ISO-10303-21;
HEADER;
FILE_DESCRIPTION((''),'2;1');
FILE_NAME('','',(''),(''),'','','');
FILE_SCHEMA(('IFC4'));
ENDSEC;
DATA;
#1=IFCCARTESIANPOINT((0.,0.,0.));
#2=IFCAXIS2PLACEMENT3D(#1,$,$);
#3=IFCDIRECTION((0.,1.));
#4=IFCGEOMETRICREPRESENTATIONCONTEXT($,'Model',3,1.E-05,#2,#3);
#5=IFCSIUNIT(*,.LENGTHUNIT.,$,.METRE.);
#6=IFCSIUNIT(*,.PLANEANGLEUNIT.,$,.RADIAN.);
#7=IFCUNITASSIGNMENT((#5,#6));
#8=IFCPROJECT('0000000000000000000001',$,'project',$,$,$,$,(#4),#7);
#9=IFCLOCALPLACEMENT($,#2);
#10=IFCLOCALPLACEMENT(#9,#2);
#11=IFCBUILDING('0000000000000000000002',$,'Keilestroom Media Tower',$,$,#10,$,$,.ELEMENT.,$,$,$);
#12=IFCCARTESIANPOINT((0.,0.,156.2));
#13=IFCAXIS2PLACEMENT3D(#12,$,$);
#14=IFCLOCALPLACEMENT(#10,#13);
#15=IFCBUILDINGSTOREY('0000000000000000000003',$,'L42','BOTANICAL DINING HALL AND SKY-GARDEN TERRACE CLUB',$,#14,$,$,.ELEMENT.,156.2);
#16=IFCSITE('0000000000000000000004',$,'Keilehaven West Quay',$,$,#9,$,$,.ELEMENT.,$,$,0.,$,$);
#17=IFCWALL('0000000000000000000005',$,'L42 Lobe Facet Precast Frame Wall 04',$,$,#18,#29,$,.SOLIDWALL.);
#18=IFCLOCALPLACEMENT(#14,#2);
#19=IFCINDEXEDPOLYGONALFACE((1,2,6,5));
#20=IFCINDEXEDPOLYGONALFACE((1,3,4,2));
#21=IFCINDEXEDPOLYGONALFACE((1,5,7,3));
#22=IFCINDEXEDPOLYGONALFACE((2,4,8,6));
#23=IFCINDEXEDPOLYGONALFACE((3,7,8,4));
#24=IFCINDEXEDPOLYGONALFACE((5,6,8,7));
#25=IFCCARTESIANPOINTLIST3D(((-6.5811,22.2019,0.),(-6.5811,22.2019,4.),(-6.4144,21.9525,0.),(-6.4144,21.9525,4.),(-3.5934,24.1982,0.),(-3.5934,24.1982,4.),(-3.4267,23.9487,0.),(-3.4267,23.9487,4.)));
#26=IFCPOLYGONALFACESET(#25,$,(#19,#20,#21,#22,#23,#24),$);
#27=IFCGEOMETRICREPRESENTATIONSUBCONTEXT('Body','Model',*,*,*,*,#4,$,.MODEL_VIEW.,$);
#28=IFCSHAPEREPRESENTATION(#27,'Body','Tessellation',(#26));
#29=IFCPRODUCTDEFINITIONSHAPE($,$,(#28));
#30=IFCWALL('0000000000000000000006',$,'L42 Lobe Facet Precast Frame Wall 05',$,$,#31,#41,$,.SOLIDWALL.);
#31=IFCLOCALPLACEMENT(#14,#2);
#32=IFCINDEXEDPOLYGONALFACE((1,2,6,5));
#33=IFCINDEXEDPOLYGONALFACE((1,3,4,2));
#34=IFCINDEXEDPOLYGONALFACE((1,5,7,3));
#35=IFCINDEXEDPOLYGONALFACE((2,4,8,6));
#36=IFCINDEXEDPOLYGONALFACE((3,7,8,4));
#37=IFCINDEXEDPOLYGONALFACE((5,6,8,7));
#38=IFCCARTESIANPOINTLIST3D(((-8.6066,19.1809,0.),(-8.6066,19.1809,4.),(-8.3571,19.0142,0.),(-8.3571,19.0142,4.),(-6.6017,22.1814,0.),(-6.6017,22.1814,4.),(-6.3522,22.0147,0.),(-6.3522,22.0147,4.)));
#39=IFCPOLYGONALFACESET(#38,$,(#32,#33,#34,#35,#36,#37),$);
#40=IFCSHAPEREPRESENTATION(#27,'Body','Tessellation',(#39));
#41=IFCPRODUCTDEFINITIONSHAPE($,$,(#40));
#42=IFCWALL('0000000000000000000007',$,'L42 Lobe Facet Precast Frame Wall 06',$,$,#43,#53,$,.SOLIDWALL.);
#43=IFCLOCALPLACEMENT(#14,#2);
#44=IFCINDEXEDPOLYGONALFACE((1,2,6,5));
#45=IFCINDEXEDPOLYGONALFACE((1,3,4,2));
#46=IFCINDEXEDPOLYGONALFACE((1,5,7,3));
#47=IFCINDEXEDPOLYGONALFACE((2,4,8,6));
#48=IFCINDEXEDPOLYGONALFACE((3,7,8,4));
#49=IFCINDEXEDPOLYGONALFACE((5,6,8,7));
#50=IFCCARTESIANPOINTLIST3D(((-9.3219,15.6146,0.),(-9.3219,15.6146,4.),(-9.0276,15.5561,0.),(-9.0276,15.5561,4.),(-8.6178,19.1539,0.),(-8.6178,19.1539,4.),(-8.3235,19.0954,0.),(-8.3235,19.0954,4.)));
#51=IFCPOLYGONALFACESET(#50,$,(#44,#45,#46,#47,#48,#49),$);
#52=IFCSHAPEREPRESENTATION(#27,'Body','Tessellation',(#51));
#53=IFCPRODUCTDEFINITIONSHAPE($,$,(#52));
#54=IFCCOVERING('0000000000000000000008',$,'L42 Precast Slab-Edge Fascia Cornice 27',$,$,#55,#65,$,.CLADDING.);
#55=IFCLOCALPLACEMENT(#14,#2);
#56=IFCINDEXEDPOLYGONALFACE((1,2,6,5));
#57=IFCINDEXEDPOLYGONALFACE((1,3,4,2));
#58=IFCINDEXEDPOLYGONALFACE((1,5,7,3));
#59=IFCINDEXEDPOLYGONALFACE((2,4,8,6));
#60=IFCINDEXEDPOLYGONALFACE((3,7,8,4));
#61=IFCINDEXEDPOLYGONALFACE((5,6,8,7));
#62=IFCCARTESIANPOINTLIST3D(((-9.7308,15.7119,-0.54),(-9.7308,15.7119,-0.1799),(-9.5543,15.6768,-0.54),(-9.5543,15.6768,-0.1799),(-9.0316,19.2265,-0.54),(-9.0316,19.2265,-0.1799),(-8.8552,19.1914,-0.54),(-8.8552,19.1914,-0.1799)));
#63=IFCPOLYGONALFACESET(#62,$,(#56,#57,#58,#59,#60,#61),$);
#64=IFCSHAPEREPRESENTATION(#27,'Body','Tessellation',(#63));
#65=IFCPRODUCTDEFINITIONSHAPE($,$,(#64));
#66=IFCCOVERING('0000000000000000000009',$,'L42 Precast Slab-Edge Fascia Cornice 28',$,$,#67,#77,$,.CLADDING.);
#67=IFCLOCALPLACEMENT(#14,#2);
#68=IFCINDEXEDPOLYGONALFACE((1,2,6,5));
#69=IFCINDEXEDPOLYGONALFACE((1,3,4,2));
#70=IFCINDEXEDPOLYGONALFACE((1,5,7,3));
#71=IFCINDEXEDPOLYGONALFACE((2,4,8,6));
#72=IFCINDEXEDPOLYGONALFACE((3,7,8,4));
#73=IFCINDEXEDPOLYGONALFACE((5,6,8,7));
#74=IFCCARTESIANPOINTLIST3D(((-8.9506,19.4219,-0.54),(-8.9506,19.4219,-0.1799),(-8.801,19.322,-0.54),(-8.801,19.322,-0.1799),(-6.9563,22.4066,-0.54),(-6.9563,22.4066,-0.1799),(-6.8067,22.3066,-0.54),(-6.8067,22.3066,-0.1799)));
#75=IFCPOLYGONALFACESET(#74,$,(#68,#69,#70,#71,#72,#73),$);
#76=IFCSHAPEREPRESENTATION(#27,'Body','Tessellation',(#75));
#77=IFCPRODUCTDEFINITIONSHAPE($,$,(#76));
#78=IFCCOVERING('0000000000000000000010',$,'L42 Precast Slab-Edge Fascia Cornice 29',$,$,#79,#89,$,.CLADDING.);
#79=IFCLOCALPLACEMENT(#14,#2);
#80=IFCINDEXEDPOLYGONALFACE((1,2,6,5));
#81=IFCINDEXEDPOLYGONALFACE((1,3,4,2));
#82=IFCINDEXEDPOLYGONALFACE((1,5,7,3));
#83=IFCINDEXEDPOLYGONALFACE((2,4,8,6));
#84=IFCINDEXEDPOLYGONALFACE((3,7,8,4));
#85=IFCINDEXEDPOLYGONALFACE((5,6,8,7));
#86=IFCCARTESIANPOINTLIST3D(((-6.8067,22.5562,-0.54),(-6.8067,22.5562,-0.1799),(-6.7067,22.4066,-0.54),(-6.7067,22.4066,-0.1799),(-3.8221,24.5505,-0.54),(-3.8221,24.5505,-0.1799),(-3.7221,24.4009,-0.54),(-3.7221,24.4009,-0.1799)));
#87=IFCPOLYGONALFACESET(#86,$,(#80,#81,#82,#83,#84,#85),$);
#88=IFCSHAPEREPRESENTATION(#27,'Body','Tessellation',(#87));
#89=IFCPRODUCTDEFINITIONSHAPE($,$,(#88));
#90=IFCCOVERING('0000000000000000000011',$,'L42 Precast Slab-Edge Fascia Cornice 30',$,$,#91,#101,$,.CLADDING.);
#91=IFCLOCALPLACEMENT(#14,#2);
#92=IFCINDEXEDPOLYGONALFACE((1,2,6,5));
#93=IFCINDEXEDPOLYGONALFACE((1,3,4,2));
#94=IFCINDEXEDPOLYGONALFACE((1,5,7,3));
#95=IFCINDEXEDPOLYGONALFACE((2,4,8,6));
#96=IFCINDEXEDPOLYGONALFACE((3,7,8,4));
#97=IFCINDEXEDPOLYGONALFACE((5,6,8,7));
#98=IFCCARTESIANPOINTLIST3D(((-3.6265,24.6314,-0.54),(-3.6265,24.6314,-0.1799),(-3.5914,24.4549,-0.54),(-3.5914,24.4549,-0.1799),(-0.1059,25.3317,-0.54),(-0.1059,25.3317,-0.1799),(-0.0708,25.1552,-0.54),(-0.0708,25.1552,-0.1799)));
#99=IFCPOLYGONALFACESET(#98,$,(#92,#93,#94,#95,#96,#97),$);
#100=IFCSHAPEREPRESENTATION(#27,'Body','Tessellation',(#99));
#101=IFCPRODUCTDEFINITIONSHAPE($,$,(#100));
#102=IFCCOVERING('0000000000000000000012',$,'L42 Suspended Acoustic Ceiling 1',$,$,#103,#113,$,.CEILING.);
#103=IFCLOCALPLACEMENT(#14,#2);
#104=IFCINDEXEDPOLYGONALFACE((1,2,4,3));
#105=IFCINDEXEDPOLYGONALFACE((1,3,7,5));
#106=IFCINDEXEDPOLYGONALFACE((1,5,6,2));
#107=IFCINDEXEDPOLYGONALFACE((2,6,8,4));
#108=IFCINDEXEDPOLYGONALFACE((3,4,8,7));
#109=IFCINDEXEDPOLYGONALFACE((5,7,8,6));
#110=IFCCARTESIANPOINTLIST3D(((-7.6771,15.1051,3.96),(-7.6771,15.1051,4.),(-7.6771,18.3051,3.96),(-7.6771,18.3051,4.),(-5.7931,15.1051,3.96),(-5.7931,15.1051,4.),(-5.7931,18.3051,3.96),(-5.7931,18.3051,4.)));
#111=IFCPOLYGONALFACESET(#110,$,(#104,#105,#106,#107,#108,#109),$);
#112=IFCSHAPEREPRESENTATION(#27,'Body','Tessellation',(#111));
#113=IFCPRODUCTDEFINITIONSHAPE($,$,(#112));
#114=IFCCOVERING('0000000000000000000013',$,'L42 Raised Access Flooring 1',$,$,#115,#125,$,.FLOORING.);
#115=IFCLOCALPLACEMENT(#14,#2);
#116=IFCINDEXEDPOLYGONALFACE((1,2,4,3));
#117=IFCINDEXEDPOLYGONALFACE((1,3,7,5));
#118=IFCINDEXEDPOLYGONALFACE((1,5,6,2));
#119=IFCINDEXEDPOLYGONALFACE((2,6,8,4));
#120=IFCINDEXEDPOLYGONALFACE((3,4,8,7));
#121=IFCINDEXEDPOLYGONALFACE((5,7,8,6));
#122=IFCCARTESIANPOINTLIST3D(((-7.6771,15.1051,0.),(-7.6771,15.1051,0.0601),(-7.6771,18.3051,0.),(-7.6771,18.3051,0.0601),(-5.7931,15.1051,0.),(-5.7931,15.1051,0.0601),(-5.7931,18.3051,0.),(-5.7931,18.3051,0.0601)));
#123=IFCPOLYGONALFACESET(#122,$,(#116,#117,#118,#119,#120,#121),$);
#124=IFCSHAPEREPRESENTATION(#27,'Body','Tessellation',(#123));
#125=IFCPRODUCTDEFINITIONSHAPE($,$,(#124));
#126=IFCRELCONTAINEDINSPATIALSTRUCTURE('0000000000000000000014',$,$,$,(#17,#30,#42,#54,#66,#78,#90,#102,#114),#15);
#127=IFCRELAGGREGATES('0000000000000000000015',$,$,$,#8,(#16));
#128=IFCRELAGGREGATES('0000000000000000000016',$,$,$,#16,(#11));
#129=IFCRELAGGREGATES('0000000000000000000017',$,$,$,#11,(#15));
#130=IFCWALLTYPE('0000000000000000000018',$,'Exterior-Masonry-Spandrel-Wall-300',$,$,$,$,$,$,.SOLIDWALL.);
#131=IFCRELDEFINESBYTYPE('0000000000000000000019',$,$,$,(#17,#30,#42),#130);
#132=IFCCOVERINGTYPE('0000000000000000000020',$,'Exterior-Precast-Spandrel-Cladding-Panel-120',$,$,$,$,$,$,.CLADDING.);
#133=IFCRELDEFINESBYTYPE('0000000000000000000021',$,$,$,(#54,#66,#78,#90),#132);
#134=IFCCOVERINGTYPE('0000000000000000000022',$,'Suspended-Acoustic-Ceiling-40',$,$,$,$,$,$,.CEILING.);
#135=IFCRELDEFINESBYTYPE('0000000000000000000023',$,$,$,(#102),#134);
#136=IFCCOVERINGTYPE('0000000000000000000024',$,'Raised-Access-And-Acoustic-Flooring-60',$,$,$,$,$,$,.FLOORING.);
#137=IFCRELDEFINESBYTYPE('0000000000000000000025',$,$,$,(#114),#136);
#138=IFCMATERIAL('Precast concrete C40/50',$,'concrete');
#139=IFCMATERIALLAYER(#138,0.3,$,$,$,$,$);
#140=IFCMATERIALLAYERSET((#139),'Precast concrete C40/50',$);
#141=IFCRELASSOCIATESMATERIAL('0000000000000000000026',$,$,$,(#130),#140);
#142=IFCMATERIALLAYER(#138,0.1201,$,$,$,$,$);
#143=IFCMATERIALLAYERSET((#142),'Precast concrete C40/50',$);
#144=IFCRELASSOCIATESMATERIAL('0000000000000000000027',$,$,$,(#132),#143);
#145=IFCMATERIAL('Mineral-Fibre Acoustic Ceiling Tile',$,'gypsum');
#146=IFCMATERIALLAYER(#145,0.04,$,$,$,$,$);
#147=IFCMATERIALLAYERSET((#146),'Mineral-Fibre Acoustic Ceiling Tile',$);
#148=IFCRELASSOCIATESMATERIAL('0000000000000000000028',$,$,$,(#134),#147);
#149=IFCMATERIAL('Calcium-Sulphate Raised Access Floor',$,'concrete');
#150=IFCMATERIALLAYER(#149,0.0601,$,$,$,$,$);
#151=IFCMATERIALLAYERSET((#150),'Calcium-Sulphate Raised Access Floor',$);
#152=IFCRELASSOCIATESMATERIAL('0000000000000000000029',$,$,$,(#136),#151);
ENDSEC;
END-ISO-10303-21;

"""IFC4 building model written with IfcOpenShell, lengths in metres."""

from ifc_helpers import new_model, si_unit, direction, frame, frame_2d, origin, origin_2d, place, context, subcontext, project, spatial, rectangle, extrude, source, transform, mapped, material, layer, layer_set, type_object, element, save


model = new_model("IFC4")

# Units and contexts
model_context = context("Model", 3, precision=1e-05, world=origin(), true_north=direction((0.0, 1.0)))
body_context = subcontext(model_context, "Body", "Model", "MODEL_VIEW")
ifc_project = project(units=[si_unit("LENGTHUNIT", "METRE"), si_unit("PLANEANGLEUNIT", "RADIAN")], contexts=[model_context])

# Site, building, storey
site_placement = place(None, origin())
site = spatial("IfcSite", under=ifc_project, at=site_placement, Name="Keilehaven West Quay", CompositionType="ELEMENT", RefElevation=0.0)
building_placement = place(site_placement, origin())
building = spatial("IfcBuilding", under=site, at=building_placement, Name="Keilestroom Media Tower", CompositionType="ELEMENT")
storey_placement = place(building_placement, frame((0.0, 0.0, 156.2)))
storey = spatial("IfcBuildingStorey", under=building, at=storey_placement, Name="L42", Description="BOTANICAL DINING HALL AND SKY-GARDEN TERRACE CLUB", CompositionType="ELEMENT", Elevation=156.2)

# Walls
ifc_material_1 = material(Name="Precast concrete C40/50", Category="concrete")
ifc_layer_1 = layer(ifc_material_1, 0.3)
ifc_layer_set_1 = layer_set([ifc_layer_1], Name="Precast concrete C40/50")
wall_type = type_object("IfcWallType", Name="Exterior-Masonry-Spandrel-Wall-300", PredefinedType="SOLIDWALL", material=ifc_layer_set_1)
wall_placement = place(storey_placement, frame((-3.51, 24.0735, 0.0), z_axis=(0.0, 0.0, 1.0), x_axis=(-0.831475, -0.555562, 0.0)))
element("IfcWall", 1, at=wall_placement, inside=storey, type_object=wall_type, Name="L42 Lobe Facet Precast Frame Wall 04", PredefinedType="SOLIDWALL", context=body_context, shape_type="SweptSolid", body=[
    extrude(rectangle(XDim=3.5933, YDim=0.3, at=frame_2d((1.7966, 0.0))), origin(), (0.0, 0.0, 1.0), 4.0),
])
for number, where, z_axis, x_axis, name in (
    (2, (-6.4771, 22.0979, 0.0), (0.0, 0.0, 1.0), (-0.555574, -0.831467, 0.0), "L42 Lobe Facet Precast Frame Wall 05"),
    (3, (-8.4707, 19.1245, 0.0), (0.0, 0.0, 1.0), (-0.195114, -0.980781, 0.0), "L42 Lobe Facet Precast Frame Wall 06"),
):
    element("IfcWall", number, at=place(storey_placement, frame(where, z_axis=z_axis, x_axis=x_axis)), inside=storey, type_object=wall_type, Name=name, PredefinedType="SOLIDWALL", context=body_context, shape_type="SweptSolid", body=[
        extrude(rectangle(XDim=3.6086, YDim=0.3, at=frame_2d((1.8042, 0.0))), origin(), (0.0, 0.0, 1.0), 4.0),
    ])

# Coverings
ifc_layer_2 = layer(ifc_material_1, 0.1201)
ifc_layer_set_2 = layer_set([ifc_layer_2], Name="Precast concrete C40/50")
covering_type_1 = type_object("IfcCoveringType", Name="Exterior-Precast-Spandrel-Cladding-Panel-120", PredefinedType="CLADDING", material=ifc_layer_set_2)
shared_shape_1 = source(origin(), body_context, "Body", "SweptSolid", [
    extrude(rectangle(XDim=3.5835, YDim=0.1799, at=origin_2d()), origin(), (0.0, 0.0, 1.0), 0.3601),
])
covering_1_placement = place(storey_placement, frame((-9.293, 17.4517, -0.54), z_axis=(0.0, 0.0, 1.0), x_axis=(0.195099, 0.980784, 0.0)))
element("IfcCovering", 4, at=covering_1_placement, inside=storey, type_object=covering_type_1, Name="L42 Precast Slab-Edge Fascia Cornice 27", PredefinedType="CLADDING", context=body_context, shape_type="MappedRepresentation", body=[
    mapped(shared_shape_1, transform((0.0, 0.0, 0.0), x_axis=(1.0, 0.0, 0.0), y_axis=(0.0, 1.0, 0.0), z_axis=(0.0, 0.0, 1.0), scale=1.0)),
])
shared_shape_2 = source(origin(), body_context, "Body", "SweptSolid", [
    extrude(rectangle(XDim=3.5896, YDim=0.1799, at=origin_2d()), origin(), (0.0, 0.0, 1.0), 0.3601),
])
for number, where, z_axis, x_axis, name in (
    (5, (-7.8787, 20.8643, -0.54), (0.0, 0.0, 1.0), (0.555575, 0.831467, 0.0), "L42 Precast Slab-Edge Fascia Cornice 28"),
    (6, (-5.2644, 23.4785, -0.54), (0.0, 0.0, 1.0), (0.831467, 0.555575, 0.0), "L42 Precast Slab-Edge Fascia Cornice 29"),
    (7, (-1.8486, 24.8933, -0.54), (0.0, 0.0, 1.0), (0.980784, 0.195099, 0.0), "L42 Precast Slab-Edge Fascia Cornice 30"),
):
    element("IfcCovering", number, at=place(storey_placement, frame(where, z_axis=z_axis, x_axis=x_axis)), inside=storey, type_object=covering_type_1, Name=name, PredefinedType="CLADDING", context=body_context, shape_type="MappedRepresentation", body=[
        mapped(shared_shape_2, transform((0.0, 0.0, 0.0), x_axis=(1.0, 0.0, 0.0), y_axis=(0.0, 1.0, 0.0), z_axis=(0.0, 0.0, 1.0), scale=1.0)),
    ])
ifc_material_2 = material(Name="Mineral-Fibre Acoustic Ceiling Tile", Category="gypsum")
ifc_layer_3 = layer(ifc_material_2, 0.04)
ifc_layer_set_3 = layer_set([ifc_layer_3], Name="Mineral-Fibre Acoustic Ceiling Tile")
covering_type_2 = type_object("IfcCoveringType", Name="Suspended-Acoustic-Ceiling-40", PredefinedType="CEILING", material=ifc_layer_set_3)
shared_shape_3 = source(origin(), body_context, "Body", "SweptSolid", [
    extrude(rectangle(XDim=1.884, YDim=3.2, at=origin_2d()), origin(), (0.0, 0.0, 1.0), 0.04),
])
covering_2_placement = place(storey_placement, frame((-6.7351, 16.7051, 3.96), z_axis=(0.0, 0.0, 1.0), x_axis=(1.0, 0.0, 0.0)))
element("IfcCovering", 8, at=covering_2_placement, inside=storey, type_object=covering_type_2, Name="L42 Suspended Acoustic Ceiling 1", PredefinedType="CEILING", context=body_context, shape_type="MappedRepresentation", body=[
    mapped(shared_shape_3, transform((0.0, 0.0, 0.0), x_axis=(1.0, 0.0, 0.0), y_axis=(0.0, 1.0, 0.0), z_axis=(0.0, 0.0, 1.0), scale=1.0)),
])
ifc_material_3 = material(Name="Calcium-Sulphate Raised Access Floor", Category="concrete")
ifc_layer_4 = layer(ifc_material_3, 0.0601)
ifc_layer_set_4 = layer_set([ifc_layer_4], Name="Calcium-Sulphate Raised Access Floor")
covering_type_3 = type_object("IfcCoveringType", Name="Raised-Access-And-Acoustic-Flooring-60", PredefinedType="FLOORING", material=ifc_layer_set_4)
shared_shape_4 = source(origin(), body_context, "Body", "SweptSolid", [
    extrude(rectangle(XDim=1.884, YDim=3.2, at=origin_2d()), origin(), (0.0, 0.0, 1.0), 0.0601),
])
covering_3_placement = place(storey_placement, frame((-6.7351, 16.7051, 0.0), z_axis=(0.0, 0.0, 1.0), x_axis=(1.0, 0.0, 0.0)))
element("IfcCovering", 9, at=covering_3_placement, inside=storey, type_object=covering_type_3, Name="L42 Raised Access Flooring 1", PredefinedType="FLOORING", context=body_context, shape_type="MappedRepresentation", body=[
    mapped(shared_shape_4, transform((0.0, 0.0, 0.0), x_axis=(1.0, 0.0, 0.0), y_axis=(0.0, 1.0, 0.0), z_axis=(0.0, 0.0, 1.0), scale=1.0)),
])

save(model, "model.ifc")
